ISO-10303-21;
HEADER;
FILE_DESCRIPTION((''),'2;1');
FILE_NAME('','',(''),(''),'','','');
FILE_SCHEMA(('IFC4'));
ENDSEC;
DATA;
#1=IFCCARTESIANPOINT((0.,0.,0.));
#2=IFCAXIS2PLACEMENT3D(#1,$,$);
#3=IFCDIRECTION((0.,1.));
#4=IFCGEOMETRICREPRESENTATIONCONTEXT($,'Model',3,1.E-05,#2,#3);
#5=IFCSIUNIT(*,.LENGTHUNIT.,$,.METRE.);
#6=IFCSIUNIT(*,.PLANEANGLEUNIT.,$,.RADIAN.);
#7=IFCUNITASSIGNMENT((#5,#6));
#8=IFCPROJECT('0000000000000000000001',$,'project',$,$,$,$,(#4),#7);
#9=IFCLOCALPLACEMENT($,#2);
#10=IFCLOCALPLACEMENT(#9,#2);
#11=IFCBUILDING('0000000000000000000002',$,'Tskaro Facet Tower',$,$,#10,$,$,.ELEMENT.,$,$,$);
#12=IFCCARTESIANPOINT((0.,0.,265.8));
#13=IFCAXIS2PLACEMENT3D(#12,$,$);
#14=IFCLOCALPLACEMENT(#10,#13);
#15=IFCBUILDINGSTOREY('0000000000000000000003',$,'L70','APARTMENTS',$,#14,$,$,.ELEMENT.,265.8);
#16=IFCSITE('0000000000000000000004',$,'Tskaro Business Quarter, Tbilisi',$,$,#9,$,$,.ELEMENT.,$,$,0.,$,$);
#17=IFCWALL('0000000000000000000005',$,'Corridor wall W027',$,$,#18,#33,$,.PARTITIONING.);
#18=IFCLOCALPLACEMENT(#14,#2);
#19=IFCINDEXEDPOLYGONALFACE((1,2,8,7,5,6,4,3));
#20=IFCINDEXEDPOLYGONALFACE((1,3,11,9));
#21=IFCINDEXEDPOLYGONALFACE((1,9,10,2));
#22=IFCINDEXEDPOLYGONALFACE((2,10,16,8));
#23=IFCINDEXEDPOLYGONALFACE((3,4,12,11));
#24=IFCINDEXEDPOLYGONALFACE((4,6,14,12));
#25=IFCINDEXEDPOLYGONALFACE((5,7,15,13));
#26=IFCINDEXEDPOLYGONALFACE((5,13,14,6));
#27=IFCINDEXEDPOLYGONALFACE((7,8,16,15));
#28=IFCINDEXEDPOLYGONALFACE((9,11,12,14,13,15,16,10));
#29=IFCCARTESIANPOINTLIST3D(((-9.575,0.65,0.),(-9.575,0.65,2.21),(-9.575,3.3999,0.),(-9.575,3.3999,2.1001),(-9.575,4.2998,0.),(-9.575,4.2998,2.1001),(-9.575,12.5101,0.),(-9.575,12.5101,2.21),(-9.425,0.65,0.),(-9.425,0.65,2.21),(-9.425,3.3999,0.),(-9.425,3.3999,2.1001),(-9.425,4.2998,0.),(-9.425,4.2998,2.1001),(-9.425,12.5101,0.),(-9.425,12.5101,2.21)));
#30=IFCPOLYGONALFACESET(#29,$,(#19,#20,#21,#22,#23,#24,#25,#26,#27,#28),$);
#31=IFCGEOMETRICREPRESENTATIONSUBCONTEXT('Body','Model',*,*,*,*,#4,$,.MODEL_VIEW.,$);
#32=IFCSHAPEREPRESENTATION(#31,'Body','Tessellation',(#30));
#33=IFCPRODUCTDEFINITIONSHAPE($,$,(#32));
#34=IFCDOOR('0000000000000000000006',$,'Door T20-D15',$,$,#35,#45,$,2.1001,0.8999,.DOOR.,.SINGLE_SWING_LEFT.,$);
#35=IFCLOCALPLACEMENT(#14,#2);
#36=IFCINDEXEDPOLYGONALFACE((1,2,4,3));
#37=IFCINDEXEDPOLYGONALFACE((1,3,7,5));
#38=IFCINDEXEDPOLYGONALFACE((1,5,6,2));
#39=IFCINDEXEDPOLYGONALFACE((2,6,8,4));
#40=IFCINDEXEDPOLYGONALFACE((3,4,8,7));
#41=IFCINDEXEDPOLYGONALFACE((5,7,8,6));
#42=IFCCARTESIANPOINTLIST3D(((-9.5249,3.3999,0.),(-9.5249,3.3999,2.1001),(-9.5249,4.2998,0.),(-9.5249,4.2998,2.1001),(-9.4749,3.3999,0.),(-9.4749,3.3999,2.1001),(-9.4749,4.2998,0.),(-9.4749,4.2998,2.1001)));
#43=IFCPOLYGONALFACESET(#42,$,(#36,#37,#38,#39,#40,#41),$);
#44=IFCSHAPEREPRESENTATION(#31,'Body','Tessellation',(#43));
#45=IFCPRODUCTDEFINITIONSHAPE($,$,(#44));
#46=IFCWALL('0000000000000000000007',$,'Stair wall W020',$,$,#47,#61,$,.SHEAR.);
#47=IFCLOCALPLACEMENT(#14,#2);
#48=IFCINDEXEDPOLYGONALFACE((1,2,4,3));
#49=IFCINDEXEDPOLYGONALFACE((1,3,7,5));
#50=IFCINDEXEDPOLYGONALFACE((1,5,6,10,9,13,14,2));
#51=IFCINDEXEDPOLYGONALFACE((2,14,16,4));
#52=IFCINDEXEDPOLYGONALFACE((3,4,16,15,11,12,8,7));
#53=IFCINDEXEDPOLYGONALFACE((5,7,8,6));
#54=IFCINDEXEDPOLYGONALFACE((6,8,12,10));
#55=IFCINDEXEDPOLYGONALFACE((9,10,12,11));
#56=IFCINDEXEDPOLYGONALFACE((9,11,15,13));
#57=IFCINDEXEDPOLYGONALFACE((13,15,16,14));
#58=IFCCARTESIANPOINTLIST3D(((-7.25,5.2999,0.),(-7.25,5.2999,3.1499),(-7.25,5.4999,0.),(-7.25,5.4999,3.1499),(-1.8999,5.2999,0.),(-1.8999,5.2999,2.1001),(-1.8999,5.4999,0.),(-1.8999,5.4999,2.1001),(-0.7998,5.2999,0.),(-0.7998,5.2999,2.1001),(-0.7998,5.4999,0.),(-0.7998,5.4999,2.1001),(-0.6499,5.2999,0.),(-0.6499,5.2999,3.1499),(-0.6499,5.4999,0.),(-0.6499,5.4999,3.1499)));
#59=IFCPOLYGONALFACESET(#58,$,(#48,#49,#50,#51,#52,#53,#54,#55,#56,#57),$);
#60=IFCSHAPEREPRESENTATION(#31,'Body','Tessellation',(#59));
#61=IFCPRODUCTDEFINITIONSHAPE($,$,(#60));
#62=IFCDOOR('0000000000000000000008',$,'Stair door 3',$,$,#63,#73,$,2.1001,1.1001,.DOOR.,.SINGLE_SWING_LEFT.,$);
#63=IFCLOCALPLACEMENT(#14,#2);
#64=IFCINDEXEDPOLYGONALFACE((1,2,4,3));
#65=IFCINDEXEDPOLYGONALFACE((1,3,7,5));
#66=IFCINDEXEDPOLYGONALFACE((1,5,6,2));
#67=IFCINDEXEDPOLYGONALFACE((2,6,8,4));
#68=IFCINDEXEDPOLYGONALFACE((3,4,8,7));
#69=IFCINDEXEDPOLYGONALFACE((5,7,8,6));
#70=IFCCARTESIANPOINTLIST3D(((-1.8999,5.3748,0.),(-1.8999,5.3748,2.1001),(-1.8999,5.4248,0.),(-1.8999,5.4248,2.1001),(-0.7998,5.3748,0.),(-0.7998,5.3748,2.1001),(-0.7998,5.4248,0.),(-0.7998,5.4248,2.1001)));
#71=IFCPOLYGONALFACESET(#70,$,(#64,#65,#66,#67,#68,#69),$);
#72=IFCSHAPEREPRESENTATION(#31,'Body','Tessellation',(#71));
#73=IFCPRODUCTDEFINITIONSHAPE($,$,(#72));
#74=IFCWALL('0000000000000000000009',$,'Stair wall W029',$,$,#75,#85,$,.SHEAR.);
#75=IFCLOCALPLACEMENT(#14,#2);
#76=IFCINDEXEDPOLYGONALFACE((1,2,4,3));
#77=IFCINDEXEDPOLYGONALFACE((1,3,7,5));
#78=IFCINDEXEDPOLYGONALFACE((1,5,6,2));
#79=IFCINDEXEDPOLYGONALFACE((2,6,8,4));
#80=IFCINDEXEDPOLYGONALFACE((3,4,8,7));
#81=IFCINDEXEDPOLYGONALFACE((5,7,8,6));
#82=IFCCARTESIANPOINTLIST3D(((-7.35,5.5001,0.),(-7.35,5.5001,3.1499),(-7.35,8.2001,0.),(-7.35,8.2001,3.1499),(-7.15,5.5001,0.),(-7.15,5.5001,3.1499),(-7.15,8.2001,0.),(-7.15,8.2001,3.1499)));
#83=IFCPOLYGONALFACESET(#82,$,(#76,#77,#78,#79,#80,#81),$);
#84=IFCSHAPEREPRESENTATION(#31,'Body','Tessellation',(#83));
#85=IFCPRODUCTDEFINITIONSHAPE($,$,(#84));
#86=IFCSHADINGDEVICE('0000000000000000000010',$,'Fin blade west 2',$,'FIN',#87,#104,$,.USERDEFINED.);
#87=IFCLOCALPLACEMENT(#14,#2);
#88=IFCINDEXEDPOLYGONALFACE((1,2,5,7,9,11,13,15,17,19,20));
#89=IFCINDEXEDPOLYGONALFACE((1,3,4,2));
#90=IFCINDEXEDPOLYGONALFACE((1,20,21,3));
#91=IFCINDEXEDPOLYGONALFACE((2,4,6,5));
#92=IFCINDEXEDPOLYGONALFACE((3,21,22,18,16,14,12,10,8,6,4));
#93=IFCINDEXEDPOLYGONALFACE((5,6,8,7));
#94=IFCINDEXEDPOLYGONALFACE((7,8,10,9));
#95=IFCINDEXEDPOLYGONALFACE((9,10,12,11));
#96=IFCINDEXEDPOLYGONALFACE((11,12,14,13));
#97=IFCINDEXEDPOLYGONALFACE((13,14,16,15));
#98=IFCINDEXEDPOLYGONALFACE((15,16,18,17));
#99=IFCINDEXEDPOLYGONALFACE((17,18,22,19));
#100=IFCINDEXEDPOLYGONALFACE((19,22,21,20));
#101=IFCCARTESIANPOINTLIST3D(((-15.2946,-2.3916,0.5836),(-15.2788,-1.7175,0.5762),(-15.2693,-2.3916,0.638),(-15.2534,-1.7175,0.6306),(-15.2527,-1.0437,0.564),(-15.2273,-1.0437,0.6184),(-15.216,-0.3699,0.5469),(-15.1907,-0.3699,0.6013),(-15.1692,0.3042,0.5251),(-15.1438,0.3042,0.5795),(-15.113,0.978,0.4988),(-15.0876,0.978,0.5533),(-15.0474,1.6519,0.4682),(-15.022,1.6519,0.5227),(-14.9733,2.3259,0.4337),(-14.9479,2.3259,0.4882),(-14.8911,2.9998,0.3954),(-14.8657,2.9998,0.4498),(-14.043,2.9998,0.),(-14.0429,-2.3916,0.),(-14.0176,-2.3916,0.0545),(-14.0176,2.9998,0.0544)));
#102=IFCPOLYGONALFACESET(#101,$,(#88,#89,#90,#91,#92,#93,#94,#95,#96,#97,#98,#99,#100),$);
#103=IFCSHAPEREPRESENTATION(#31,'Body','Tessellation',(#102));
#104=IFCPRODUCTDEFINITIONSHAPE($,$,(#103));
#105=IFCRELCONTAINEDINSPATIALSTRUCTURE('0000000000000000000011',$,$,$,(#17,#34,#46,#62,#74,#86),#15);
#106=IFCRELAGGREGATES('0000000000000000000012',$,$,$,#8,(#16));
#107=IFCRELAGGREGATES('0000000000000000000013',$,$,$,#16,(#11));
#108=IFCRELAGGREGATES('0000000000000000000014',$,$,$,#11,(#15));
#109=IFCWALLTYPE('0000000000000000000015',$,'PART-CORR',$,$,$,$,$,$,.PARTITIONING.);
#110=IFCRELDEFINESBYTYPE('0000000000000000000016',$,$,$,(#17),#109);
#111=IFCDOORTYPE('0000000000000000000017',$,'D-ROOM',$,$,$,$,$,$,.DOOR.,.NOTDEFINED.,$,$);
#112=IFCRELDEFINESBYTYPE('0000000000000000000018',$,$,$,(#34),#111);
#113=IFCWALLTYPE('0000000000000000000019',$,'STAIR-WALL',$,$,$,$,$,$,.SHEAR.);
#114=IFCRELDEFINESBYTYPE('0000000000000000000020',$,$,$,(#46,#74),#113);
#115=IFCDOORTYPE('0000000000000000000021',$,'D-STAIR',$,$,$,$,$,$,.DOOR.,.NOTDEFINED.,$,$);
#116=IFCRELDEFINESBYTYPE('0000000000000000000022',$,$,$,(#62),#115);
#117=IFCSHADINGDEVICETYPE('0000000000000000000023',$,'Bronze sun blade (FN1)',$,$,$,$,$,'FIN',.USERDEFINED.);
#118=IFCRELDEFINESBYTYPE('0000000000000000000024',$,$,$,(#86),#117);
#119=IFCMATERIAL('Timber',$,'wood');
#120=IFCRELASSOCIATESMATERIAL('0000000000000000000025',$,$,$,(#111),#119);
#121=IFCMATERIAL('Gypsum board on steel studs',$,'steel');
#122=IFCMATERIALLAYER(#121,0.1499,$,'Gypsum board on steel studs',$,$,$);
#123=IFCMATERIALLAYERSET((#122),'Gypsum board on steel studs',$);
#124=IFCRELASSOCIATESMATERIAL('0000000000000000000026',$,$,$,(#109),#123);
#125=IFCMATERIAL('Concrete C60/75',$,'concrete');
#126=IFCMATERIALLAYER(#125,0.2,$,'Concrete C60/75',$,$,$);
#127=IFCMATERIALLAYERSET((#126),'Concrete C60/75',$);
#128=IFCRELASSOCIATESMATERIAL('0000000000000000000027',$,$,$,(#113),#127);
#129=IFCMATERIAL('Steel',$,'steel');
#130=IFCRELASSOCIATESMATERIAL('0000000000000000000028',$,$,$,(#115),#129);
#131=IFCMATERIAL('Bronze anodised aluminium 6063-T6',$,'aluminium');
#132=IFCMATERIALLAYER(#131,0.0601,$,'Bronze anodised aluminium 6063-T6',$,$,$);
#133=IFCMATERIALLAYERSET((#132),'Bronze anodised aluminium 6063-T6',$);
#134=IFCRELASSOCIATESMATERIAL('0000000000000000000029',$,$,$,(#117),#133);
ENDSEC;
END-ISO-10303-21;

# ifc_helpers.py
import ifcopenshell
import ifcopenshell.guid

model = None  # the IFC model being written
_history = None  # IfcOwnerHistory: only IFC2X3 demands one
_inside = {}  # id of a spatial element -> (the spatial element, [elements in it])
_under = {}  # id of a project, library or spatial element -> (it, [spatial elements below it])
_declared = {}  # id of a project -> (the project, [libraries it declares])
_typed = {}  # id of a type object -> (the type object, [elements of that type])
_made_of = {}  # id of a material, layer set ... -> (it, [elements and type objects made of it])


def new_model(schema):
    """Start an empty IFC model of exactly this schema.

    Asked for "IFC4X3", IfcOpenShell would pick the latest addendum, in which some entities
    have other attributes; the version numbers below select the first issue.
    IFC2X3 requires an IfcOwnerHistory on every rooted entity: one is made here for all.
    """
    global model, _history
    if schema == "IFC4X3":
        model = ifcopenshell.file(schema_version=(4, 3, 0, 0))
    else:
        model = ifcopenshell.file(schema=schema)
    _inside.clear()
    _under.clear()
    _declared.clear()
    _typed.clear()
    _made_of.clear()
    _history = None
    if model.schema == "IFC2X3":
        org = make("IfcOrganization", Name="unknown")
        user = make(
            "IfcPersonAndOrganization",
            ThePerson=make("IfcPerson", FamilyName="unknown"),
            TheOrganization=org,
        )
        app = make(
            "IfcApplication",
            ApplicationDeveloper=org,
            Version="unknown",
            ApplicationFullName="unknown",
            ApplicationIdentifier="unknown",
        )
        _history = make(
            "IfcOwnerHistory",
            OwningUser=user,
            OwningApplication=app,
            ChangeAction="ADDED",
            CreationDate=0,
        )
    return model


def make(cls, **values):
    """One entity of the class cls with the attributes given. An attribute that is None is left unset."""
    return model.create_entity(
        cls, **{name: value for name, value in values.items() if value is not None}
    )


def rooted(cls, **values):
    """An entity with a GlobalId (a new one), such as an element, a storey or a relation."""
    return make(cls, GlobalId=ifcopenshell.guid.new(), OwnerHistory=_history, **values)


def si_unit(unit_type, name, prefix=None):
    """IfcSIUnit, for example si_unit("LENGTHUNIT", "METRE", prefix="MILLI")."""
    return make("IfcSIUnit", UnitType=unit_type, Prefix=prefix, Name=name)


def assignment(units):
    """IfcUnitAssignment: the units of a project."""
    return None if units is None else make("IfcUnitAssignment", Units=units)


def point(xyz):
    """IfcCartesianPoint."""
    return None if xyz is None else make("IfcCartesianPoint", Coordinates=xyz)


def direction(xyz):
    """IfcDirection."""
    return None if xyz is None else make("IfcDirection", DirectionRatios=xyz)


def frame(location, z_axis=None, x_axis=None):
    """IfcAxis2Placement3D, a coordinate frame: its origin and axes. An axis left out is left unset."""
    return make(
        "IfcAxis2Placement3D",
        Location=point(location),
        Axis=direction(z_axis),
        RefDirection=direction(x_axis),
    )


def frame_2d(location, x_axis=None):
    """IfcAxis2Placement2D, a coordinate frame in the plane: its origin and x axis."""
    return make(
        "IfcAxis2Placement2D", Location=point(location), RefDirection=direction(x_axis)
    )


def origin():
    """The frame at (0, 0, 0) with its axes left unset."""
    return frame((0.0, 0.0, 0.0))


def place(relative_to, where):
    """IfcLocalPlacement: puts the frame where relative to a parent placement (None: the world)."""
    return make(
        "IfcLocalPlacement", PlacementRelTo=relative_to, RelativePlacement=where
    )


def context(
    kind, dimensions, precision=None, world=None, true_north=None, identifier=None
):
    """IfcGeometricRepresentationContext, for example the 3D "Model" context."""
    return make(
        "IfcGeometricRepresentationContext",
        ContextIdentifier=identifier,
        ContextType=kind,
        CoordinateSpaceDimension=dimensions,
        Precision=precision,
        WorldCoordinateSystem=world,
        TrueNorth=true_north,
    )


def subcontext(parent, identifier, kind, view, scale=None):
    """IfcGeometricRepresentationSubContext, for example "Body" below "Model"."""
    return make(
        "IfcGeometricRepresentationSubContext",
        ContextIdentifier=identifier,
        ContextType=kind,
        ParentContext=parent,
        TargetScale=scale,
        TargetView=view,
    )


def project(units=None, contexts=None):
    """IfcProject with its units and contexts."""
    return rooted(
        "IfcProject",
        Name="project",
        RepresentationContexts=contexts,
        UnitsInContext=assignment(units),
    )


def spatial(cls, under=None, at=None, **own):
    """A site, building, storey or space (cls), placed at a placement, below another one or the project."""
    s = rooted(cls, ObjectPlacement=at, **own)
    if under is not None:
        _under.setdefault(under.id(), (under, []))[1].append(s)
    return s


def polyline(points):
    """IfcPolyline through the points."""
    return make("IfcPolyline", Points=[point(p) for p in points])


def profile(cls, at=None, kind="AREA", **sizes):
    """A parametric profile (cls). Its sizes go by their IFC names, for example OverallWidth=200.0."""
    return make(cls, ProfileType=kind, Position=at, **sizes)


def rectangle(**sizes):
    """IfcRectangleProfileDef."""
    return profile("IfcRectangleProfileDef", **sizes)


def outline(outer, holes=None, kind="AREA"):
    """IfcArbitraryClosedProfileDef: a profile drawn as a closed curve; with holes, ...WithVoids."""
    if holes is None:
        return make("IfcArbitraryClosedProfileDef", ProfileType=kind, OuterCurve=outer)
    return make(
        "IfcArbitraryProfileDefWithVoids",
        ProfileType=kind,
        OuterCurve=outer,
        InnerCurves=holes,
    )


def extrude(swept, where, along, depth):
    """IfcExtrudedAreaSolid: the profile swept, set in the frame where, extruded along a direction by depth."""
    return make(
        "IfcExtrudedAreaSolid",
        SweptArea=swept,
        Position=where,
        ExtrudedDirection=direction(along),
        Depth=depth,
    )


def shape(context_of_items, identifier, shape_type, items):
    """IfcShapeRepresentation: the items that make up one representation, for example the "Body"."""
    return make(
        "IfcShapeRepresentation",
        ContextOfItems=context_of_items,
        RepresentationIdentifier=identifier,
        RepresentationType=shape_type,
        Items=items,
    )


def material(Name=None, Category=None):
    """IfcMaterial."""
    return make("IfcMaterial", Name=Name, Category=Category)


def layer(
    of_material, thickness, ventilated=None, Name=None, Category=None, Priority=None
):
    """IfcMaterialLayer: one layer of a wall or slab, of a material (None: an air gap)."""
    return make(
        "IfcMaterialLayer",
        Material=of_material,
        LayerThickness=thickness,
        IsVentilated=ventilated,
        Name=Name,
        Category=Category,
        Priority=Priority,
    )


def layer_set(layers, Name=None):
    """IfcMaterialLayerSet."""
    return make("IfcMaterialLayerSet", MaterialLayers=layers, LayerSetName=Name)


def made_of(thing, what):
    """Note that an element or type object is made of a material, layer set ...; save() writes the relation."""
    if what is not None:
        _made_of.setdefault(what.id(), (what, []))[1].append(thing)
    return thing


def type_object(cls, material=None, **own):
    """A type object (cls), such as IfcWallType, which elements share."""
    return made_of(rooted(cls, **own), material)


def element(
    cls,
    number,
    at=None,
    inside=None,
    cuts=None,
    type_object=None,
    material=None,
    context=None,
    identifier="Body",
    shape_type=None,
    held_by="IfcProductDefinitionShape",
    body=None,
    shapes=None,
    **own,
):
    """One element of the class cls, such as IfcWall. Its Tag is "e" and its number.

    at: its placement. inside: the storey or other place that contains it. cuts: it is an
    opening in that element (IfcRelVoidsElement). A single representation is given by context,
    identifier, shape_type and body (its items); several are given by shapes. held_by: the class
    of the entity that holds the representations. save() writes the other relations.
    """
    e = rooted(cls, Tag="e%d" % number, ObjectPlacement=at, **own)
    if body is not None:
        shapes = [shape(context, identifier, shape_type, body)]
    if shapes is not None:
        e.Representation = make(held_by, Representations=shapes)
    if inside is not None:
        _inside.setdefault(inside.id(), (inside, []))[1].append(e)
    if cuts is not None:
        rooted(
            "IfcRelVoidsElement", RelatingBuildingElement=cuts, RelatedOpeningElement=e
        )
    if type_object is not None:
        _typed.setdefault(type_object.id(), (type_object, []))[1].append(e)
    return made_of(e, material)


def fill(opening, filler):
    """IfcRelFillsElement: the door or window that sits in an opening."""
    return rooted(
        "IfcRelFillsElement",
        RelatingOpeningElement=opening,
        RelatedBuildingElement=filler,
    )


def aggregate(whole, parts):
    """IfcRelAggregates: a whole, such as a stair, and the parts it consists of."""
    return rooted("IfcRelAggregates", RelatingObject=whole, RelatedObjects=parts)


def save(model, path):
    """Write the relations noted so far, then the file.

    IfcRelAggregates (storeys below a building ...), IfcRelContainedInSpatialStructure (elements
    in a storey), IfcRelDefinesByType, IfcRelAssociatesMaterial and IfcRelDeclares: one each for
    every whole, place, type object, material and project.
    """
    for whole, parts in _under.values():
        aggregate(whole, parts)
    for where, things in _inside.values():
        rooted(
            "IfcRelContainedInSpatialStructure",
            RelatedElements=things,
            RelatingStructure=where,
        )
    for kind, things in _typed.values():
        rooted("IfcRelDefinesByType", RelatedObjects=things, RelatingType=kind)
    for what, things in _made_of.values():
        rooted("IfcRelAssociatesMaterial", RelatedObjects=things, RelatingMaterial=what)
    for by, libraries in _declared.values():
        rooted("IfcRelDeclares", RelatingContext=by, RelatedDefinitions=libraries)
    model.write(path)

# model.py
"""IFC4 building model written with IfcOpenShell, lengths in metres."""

from ifc_helpers import new_model, si_unit, direction, frame, frame_2d, origin, place, context, subcontext, project, spatial, polyline, rectangle, outline, extrude, material, layer, layer_set, type_object, element, fill, save


model = new_model("IFC4")

# Units and contexts
model_context = context("Model", 3, precision=1e-05, world=origin(), true_north=direction((0.0, 1.0)))
body_context = subcontext(model_context, "Body", "Model", "MODEL_VIEW")
ifc_project = project(units=[si_unit("LENGTHUNIT", "METRE"), si_unit("PLANEANGLEUNIT", "RADIAN")], contexts=[model_context])

# Site, building, storey
site_placement = place(None, origin())
site = spatial("IfcSite", under=ifc_project, at=site_placement, Name="Tskaro Business Quarter, Tbilisi", CompositionType="ELEMENT", RefElevation=0.0)
building_placement = place(site_placement, origin())
building = spatial("IfcBuilding", under=site, at=building_placement, Name="Tskaro Facet Tower", CompositionType="ELEMENT")
storey_placement = place(building_placement, frame((0.0, 0.0, 265.8)))
storey = spatial("IfcBuildingStorey", under=building, at=storey_placement, Name="L70", Description="APARTMENTS", CompositionType="ELEMENT", Elevation=265.8)

# Shared definitions
ifc_material_1 = material(Name="Bronze anodised aluminium 6063-T6", Category="aluminium")

# Shared definitions
ifc_material_2 = material(Name="Timber", Category="wood")
door_type_1 = type_object("IfcDoorType", Name="D-ROOM", OperationType="NOTDEFINED", PredefinedType="DOOR", material=ifc_material_2)

# Shared definitions
ifc_material_3 = material(Name="Steel", Category="steel")

# Shared definitions
ifc_material_4 = material(Name="Gypsum board on steel studs", Category="steel")
ifc_layer_1 = layer(ifc_material_4, 0.1499, Name="Gypsum board on steel studs")
ifc_layer_set_1 = layer_set([ifc_layer_1], Name="Gypsum board on steel studs")
wall_type_1 = type_object("IfcWallType", Name="PART-CORR", PredefinedType="PARTITIONING", material=ifc_layer_set_1)

# Walls, openings, doors
wall_1_placement = place(storey_placement, frame((-9.5, 0.6499, 0.0), z_axis=(0.0, 0.0, 1.0), x_axis=(0.0, 1.0, 0.0)))
wall_1 = element("IfcWall", 1, at=wall_1_placement, inside=storey, type_object=wall_type_1, Name="Corridor wall W027", PredefinedType="PARTITIONING", context=body_context, shape_type="SweptSolid", body=[
    extrude(rectangle(XDim=11.8601, YDim=0.1499, at=frame_2d((5.9302, 0.0))), origin(), (0.0, 0.0, 1.0), 2.21),
])
opening_1_placement = place(wall_1_placement, frame((2.75, 0.0, 0.0)))
opening_1 = element("IfcOpeningElement", 2, at=opening_1_placement, cuts=wall_1, PredefinedType="OPENING", context=body_context, shape_type="SweptSolid", body=[
    extrude(rectangle(XDim=0.8999, YDim=2.1001, at=frame_2d((0.45, 1.05))), frame((0.0, 0.085, 0.0), z_axis=(0.0, -1.0, 0.0), x_axis=(1.0, 0.0, 0.0)), (0.0, 0.0, 1.0), 0.1699),
])
door_1_placement = place(opening_1_placement, origin())
door_1 = element("IfcDoor", 3, at=door_1_placement, inside=storey, type_object=door_type_1, Name="Door T20-D15", OperationType="SINGLE_SWING_LEFT", OverallHeight=2.1001, OverallWidth=0.8999, PredefinedType="DOOR", context=body_context, shape_type="SweptSolid", body=[
    extrude(rectangle(XDim=0.8999, YDim=2.1001, at=frame_2d((0.45, 1.05))), frame((0.0, 0.0249, 0.0), z_axis=(0.0, -1.0, 0.0), x_axis=(1.0, 0.0, 0.0)), (0.0, 0.0, 1.0), 0.05),
])
fill(opening_1, door_1)
ifc_material_5 = material(Name="Concrete C60/75", Category="concrete")
ifc_layer_2 = layer(ifc_material_5, 0.2, Name="Concrete C60/75")
ifc_layer_set_2 = layer_set([ifc_layer_2], Name="Concrete C60/75")
wall_type_2 = type_object("IfcWallType", Name="STAIR-WALL", PredefinedType="SHEAR", material=ifc_layer_set_2)
wall_2_placement = place(storey_placement, frame((-7.25, 5.3999, 0.0), z_axis=(0.0, 0.0, 1.0), x_axis=(1.0, 0.0, 0.0)))
wall_2 = element("IfcWall", 4, at=wall_2_placement, inside=storey, type_object=wall_type_2, Name="Stair wall W020", PredefinedType="SHEAR", context=body_context, shape_type="SweptSolid", body=[
    extrude(rectangle(XDim=6.6001, YDim=0.2, at=frame_2d((3.3, 0.0))), origin(), (0.0, 0.0, 1.0), 3.1499),
])
opening_2_placement = place(wall_2_placement, frame((5.3501, 0.0, 0.0)))
opening_2 = element("IfcOpeningElement", 5, at=opening_2_placement, cuts=wall_2, PredefinedType="OPENING", context=body_context, shape_type="SweptSolid", body=[
    extrude(rectangle(XDim=1.1001, YDim=2.1001, at=frame_2d((0.55, 1.05))), frame((0.0, 0.1099, 0.0), z_axis=(0.0, -1.0, 0.0), x_axis=(1.0, 0.0, 0.0)), (0.0, 0.0, 1.0), 0.22),
])
door_type_2 = type_object("IfcDoorType", Name="D-STAIR", OperationType="NOTDEFINED", PredefinedType="DOOR", material=ifc_material_3)
door_2_placement = place(opening_2_placement, origin())
door_2 = element("IfcDoor", 6, at=door_2_placement, inside=storey, type_object=door_type_2, Name="Stair door 3", OperationType="SINGLE_SWING_LEFT", OverallHeight=2.1001, OverallWidth=1.1001, PredefinedType="DOOR", context=body_context, shape_type="SweptSolid", body=[
    extrude(rectangle(XDim=1.1001, YDim=2.1001, at=frame_2d((0.55, 1.05))), frame((0.0, 0.0249, 0.0), z_axis=(0.0, -1.0, 0.0), x_axis=(1.0, 0.0, 0.0)), (0.0, 0.0, 1.0), 0.05),
])
fill(opening_2, door_2)

# Wall
wall_3_placement = place(storey_placement, frame((-7.25, 5.5, 0.0), z_axis=(0.0, 0.0, 1.0), x_axis=(0.0, 1.0, 0.0)))
element("IfcWall", 7, at=wall_3_placement, inside=storey, type_object=wall_type_2, Name="Stair wall W029", PredefinedType="SHEAR", context=body_context, shape_type="SweptSolid", body=[
    extrude(rectangle(XDim=2.7, YDim=0.2, at=frame_2d((1.3501, 0.0))), origin(), (0.0, 0.0, 1.0), 3.1499),
])

# Shading device
ifc_layer_3 = layer(ifc_material_1, 0.0601, Name="Bronze anodised aluminium 6063-T6")
ifc_layer_set_3 = layer_set([ifc_layer_3], Name="Bronze anodised aluminium 6063-T6")
shading_device_type = type_object("IfcShadingDeviceType", Name="Bronze sun blade (FN1)", ElementType="FIN", PredefinedType="USERDEFINED", material=ifc_layer_set_3)
shading_device_placement = place(storey_placement, frame((-14.0176, 2.9998, 0.0544), z_axis=(0.422518, 0.000007, 0.906355), x_axis=(0.000003, -1.0, 0.000007)))
element("IfcShadingDevice", 8, at=shading_device_placement, inside=storey, type_object=shading_device_type, Name="Fin blade west 2", ObjectType="FIN", PredefinedType="USERDEFINED", context=body_context, shape_type="SweptSolid", body=[
    extrude(outline(polyline([(0.0, 0.0), (5.3914, 0.0), (5.3914, -1.381), (4.7173, -1.3636), (4.0435, -1.3347), (3.3696, -1.2943), (2.6956, -1.2426), (2.0217, -1.1806), (1.3479, -1.1082), (0.6738, -1.0265), (0.0, -0.9357), (0.0, 0.0)])), origin(), (0.0, 0.0, -1.0), 0.0601),
])

save(model, "model.ifc")
